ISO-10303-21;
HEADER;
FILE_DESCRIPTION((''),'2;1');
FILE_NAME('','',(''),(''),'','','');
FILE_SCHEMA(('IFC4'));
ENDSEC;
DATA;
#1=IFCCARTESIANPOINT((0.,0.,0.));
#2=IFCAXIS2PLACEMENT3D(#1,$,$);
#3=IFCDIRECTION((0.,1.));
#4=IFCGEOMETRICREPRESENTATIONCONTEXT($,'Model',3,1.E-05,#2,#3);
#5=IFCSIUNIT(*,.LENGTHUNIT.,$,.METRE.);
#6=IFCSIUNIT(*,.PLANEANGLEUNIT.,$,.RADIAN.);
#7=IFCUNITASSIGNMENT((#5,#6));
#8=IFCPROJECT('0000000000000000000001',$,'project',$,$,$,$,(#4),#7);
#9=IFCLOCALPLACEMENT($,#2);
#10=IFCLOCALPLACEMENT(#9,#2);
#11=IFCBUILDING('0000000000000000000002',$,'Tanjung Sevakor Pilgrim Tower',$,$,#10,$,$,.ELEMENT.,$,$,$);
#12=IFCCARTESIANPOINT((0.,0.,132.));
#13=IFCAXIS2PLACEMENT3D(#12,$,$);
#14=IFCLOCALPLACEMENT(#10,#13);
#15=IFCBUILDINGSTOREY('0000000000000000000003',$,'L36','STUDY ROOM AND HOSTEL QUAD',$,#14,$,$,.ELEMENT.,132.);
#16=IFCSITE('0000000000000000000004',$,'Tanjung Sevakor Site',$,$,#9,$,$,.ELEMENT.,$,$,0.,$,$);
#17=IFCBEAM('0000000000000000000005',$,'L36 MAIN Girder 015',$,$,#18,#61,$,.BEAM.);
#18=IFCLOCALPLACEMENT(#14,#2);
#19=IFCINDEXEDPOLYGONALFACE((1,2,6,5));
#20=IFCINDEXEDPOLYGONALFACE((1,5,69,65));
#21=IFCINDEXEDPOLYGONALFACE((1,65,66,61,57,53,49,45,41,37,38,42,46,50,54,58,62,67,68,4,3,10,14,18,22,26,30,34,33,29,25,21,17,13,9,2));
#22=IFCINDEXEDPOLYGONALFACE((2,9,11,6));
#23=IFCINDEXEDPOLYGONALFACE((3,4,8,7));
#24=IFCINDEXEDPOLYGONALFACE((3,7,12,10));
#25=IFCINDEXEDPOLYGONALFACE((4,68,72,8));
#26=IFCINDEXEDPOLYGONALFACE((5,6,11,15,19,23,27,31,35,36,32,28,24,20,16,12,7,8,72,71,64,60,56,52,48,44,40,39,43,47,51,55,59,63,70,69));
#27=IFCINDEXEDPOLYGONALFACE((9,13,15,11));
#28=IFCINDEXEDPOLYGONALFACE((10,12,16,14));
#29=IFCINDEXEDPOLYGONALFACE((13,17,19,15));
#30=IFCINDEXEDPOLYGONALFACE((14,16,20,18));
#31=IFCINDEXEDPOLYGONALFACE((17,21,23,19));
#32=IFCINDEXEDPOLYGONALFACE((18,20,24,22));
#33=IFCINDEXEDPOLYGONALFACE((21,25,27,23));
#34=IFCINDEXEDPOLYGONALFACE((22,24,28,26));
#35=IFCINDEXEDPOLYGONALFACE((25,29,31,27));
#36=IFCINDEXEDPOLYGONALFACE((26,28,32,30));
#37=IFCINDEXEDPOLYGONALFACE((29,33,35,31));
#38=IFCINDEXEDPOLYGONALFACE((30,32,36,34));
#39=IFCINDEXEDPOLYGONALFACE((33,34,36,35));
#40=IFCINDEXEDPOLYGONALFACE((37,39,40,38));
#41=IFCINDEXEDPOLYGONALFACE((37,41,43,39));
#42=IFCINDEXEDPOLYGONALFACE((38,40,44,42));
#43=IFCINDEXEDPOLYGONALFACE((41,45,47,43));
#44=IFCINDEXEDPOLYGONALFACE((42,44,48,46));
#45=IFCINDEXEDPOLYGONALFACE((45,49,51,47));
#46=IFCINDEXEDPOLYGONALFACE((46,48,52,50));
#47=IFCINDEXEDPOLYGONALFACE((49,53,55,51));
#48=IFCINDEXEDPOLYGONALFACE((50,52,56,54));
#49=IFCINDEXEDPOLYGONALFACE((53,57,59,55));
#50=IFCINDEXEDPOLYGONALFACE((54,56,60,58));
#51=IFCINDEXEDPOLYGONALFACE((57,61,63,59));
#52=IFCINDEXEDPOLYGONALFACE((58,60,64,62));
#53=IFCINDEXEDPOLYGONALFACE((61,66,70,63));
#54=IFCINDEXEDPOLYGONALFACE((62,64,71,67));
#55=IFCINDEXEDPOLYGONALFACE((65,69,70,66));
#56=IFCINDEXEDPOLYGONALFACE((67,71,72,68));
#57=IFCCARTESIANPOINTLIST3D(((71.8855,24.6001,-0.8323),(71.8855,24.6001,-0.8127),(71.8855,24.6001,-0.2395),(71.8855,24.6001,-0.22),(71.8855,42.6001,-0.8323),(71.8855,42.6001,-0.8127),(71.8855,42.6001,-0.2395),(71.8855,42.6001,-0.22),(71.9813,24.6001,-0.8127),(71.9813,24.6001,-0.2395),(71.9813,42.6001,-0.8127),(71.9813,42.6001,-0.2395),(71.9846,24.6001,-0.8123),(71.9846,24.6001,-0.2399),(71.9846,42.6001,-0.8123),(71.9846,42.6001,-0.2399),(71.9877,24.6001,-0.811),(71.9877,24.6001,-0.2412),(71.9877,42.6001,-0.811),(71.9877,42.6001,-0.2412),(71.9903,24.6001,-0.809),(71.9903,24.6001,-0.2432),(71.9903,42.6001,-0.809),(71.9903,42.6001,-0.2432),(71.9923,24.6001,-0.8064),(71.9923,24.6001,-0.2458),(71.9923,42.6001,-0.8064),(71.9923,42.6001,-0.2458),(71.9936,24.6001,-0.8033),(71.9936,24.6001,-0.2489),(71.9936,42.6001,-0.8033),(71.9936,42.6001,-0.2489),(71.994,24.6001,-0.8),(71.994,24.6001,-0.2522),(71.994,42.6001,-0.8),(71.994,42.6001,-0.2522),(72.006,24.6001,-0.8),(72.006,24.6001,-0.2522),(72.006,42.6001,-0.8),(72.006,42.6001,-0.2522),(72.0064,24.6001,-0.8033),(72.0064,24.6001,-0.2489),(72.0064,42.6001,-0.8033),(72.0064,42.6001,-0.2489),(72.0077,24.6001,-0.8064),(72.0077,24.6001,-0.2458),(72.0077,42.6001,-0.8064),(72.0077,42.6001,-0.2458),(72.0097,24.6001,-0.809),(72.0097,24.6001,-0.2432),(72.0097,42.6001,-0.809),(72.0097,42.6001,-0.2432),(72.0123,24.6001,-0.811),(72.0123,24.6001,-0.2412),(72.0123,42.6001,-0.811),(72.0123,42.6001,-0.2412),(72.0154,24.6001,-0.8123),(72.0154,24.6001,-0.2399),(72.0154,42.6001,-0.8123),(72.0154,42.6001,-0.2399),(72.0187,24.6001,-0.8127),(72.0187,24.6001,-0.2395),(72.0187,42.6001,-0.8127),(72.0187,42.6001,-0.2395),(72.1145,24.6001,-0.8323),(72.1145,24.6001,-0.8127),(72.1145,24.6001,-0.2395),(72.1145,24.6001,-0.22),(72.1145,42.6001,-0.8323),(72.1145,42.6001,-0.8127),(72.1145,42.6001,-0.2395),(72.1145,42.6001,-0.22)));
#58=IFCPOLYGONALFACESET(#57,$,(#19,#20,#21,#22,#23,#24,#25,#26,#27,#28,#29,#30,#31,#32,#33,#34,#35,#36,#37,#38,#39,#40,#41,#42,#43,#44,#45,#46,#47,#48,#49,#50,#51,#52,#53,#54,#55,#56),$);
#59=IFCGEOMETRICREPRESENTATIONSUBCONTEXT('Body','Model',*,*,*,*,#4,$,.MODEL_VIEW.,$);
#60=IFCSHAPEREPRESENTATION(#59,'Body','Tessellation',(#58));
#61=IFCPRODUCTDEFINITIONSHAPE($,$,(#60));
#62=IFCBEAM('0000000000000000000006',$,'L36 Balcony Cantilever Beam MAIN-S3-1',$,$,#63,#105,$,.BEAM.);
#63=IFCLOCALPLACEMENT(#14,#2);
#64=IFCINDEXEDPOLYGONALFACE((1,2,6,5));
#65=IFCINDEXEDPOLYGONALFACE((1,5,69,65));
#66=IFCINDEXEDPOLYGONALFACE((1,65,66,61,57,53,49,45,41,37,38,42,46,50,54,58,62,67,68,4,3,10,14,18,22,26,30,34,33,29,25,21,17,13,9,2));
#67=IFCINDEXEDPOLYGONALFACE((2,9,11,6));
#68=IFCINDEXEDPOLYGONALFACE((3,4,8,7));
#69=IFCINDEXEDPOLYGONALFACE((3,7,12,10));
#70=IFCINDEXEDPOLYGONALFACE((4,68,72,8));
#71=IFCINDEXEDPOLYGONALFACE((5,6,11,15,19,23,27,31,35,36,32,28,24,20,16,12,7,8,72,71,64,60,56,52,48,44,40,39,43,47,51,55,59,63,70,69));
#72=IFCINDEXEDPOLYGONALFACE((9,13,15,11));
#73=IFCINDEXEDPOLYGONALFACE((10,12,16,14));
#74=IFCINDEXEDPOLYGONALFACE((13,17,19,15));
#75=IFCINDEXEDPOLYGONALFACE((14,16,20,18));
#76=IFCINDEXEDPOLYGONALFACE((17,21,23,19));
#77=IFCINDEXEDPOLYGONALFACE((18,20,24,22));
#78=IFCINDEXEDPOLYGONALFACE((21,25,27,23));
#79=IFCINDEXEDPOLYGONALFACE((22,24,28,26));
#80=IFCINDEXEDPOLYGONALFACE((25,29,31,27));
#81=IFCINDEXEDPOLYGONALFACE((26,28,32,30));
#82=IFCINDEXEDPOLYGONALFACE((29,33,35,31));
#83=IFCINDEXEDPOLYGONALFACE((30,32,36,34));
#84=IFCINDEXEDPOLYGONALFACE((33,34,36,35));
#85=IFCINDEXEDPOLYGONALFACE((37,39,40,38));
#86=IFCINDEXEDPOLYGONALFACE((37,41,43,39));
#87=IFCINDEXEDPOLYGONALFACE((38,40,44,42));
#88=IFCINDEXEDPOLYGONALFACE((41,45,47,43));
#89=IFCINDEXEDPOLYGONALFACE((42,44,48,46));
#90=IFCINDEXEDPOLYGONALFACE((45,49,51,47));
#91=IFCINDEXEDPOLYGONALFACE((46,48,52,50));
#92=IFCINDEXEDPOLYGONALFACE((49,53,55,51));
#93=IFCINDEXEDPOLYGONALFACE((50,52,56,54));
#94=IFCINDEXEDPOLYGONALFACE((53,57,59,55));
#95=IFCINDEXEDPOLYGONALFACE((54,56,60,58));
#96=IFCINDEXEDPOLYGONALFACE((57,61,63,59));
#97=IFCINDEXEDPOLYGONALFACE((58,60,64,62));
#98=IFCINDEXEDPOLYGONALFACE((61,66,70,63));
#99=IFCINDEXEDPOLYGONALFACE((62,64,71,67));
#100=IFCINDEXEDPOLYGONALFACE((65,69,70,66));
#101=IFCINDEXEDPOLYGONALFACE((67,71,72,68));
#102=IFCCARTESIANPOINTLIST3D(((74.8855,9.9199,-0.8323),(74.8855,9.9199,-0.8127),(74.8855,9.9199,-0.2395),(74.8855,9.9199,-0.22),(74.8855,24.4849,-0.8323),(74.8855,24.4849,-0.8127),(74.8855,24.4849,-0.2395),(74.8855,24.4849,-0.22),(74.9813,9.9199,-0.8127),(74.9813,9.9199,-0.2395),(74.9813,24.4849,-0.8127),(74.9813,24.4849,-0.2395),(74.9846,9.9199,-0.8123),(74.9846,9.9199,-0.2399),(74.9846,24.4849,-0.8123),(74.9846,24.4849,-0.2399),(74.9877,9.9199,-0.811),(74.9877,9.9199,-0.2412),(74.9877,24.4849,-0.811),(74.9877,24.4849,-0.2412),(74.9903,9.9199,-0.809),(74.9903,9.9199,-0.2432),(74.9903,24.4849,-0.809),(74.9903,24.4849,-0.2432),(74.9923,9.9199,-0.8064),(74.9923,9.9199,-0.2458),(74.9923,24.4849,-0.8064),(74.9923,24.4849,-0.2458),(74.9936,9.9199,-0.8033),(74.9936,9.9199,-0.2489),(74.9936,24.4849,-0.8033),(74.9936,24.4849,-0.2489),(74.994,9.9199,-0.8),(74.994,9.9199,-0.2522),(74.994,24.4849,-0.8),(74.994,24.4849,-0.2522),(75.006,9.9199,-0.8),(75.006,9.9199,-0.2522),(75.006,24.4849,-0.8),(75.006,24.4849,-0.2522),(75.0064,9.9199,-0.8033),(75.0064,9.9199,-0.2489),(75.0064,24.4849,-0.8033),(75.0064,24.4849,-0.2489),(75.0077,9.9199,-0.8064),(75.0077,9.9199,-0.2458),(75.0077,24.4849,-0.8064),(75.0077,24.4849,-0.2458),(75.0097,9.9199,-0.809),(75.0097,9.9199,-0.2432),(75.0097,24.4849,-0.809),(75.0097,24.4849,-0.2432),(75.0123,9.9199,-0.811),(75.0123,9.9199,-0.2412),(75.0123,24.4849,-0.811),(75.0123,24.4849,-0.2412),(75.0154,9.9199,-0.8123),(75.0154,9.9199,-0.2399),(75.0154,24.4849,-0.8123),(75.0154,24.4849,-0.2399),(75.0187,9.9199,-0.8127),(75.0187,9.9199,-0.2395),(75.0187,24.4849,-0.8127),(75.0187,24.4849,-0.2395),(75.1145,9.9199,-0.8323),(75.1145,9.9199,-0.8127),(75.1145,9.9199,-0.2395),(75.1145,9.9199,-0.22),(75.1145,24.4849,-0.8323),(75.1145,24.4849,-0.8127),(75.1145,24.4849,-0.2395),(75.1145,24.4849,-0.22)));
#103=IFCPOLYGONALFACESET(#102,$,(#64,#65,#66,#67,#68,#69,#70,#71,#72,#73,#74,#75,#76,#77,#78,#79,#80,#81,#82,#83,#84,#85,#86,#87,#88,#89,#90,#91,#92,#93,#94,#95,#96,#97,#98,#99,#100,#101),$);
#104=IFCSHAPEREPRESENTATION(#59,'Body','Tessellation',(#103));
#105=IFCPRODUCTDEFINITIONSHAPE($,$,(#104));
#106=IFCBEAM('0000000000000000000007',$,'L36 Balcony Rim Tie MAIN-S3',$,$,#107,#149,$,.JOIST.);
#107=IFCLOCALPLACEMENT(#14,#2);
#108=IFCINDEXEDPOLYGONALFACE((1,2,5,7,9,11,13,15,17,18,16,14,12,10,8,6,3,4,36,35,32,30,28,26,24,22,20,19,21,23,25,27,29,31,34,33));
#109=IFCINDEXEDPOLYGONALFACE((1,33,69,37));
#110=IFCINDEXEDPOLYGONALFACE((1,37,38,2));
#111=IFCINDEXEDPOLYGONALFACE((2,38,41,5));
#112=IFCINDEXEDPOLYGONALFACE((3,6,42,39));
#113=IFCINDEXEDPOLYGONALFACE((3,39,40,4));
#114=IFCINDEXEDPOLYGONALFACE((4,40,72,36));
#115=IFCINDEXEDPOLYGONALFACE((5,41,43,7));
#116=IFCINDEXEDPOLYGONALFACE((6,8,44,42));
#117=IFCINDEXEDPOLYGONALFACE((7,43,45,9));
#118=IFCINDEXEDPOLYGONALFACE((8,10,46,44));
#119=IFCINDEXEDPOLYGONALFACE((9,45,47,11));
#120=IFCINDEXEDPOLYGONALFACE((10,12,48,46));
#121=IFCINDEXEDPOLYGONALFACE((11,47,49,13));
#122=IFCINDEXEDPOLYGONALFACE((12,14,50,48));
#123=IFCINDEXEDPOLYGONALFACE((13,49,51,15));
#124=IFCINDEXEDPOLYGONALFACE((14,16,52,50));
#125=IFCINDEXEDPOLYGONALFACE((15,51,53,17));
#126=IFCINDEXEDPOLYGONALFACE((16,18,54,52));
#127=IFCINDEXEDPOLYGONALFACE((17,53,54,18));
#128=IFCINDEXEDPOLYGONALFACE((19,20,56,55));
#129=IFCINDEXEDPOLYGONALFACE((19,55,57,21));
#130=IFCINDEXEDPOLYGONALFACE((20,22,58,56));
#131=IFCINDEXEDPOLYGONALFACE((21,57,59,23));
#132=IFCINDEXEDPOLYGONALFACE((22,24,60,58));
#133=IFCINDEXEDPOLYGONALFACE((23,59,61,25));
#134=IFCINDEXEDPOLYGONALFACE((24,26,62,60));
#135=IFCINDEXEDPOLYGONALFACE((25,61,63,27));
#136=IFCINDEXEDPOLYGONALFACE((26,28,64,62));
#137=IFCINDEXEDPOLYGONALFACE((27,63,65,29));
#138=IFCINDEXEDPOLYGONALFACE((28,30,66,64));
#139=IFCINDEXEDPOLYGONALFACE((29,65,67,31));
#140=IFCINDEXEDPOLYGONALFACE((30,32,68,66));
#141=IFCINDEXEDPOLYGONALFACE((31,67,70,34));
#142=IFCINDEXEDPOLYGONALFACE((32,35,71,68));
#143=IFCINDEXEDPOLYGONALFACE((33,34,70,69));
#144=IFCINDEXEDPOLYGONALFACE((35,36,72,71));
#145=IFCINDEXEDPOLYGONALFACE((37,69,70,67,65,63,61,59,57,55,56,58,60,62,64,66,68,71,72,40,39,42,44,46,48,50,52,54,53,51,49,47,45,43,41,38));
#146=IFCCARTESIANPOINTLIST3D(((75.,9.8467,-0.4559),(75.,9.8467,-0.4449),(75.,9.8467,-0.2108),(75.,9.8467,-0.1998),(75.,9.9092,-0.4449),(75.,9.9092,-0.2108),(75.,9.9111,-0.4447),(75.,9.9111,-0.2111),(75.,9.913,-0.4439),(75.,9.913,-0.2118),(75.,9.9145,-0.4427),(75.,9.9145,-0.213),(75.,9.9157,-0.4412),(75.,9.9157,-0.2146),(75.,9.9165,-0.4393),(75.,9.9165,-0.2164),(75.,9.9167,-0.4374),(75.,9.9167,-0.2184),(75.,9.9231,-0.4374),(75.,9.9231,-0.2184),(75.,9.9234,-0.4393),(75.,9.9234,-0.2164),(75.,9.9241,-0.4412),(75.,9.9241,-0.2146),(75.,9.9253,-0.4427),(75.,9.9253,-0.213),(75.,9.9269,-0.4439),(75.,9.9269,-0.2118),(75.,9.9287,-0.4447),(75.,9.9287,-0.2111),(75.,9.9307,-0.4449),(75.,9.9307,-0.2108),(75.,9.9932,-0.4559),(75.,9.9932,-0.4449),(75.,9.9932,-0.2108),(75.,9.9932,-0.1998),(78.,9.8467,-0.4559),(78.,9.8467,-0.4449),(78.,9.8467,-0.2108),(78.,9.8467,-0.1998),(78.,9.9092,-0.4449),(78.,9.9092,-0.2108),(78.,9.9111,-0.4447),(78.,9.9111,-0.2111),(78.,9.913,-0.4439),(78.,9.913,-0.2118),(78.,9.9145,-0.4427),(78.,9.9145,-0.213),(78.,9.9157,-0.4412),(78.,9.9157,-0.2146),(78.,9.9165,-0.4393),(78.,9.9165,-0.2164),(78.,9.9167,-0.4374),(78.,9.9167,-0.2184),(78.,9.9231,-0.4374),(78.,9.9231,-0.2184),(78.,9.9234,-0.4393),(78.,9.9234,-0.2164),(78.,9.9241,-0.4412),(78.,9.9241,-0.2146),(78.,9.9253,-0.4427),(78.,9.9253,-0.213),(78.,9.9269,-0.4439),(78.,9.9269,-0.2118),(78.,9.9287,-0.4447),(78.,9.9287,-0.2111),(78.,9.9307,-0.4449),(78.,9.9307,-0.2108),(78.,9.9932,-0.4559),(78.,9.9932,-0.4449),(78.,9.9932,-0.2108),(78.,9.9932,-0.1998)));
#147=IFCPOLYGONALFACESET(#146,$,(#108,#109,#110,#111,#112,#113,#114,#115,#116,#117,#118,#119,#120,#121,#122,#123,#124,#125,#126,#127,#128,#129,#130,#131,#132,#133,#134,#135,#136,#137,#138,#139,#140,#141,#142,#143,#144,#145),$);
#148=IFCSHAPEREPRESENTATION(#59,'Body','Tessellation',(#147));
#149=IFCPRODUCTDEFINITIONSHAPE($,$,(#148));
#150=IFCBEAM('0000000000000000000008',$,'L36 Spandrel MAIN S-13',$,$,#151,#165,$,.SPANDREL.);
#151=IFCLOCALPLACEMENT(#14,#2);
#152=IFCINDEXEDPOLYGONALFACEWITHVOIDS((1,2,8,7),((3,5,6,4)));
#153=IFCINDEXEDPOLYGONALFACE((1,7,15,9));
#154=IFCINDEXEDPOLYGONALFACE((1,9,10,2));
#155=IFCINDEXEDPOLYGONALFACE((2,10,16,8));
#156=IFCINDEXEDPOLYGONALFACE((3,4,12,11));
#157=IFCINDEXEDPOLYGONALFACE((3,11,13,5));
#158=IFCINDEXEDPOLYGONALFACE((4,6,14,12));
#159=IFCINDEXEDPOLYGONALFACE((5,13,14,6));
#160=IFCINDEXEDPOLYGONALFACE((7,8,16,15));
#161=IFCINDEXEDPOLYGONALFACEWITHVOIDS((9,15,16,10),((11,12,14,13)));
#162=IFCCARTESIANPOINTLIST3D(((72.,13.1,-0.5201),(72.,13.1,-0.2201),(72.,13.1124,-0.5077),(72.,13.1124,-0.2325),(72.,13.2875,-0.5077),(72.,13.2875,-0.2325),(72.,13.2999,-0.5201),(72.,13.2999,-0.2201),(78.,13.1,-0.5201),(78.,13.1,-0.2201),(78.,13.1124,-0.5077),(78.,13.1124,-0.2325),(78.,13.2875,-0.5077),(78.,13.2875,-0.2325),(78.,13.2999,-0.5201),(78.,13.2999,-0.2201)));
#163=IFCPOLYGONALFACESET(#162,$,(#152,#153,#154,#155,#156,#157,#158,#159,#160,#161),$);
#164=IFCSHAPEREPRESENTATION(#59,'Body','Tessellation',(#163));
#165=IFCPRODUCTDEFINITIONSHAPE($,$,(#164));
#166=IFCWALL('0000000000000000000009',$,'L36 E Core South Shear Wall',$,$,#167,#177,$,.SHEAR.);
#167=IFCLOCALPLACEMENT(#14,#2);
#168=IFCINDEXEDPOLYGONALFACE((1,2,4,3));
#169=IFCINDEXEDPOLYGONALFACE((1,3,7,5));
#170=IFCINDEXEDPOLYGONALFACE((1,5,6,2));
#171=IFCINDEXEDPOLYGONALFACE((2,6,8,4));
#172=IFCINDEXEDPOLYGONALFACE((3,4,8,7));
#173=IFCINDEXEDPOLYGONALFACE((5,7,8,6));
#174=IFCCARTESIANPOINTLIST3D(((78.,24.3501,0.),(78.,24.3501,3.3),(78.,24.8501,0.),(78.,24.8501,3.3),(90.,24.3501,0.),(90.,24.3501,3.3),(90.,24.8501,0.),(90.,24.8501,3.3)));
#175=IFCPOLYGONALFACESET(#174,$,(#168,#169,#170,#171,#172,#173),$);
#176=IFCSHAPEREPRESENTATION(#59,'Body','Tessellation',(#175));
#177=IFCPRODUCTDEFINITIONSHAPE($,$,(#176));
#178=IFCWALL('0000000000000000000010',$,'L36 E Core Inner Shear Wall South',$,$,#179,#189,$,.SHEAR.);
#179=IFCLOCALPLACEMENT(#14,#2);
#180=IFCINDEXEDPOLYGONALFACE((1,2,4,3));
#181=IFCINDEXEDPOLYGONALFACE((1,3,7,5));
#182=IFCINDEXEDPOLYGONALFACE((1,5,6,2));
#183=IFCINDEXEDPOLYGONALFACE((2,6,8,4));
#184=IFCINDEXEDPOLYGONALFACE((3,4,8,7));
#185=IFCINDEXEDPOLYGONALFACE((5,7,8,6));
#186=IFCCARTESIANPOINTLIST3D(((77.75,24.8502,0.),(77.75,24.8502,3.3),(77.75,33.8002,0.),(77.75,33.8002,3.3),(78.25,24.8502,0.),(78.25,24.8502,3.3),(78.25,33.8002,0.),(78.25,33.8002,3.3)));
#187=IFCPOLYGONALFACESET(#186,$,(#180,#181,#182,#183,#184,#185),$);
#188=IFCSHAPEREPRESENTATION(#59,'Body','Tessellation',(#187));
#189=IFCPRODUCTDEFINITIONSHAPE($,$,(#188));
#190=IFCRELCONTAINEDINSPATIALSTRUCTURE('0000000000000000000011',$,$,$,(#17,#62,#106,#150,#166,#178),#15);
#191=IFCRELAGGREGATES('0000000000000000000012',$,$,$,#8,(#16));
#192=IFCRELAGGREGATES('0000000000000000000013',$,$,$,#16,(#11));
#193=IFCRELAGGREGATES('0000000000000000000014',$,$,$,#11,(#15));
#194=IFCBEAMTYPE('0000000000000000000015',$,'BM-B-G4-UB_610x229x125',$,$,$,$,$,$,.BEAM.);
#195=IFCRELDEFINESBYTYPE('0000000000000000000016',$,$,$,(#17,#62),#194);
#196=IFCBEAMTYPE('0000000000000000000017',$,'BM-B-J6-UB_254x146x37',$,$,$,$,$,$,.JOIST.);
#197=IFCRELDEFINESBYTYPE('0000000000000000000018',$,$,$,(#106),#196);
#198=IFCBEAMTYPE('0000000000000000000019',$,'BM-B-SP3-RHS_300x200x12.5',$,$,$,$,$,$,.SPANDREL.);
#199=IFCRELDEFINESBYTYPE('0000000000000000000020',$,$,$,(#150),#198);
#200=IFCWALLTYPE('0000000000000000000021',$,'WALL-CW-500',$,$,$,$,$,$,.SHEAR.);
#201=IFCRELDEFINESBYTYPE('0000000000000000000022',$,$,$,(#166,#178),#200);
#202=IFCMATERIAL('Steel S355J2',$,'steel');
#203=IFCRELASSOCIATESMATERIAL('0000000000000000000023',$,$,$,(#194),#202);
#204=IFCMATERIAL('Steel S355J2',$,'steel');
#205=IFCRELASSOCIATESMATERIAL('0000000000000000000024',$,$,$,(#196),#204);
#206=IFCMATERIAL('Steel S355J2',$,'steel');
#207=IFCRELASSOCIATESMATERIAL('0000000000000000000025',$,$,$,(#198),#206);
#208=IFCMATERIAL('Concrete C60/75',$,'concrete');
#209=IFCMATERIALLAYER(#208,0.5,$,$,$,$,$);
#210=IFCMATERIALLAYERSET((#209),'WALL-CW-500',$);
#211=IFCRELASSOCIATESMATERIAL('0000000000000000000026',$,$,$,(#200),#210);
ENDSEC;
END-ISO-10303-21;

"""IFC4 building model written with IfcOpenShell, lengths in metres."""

from ifc_helpers import new_model, si_unit, direction, frame, frame_2d, origin, origin_2d, place, context, subcontext, project, spatial, rectangle, hollow_rectangle, i_section, extrude, material, layer, layer_set, material_profile, profile_set, type_object, element, save


model = new_model("IFC4")

# Units and contexts
model_context = context("Model", 3, precision=1e-05, world=origin(), true_north=direction((0.0, 1.0)))
body_context = subcontext(model_context, "Body", "Model", "MODEL_VIEW")
ifc_project = project(units=[si_unit("LENGTHUNIT", "METRE"), si_unit("PLANEANGLEUNIT", "RADIAN")], contexts=[model_context])

# Site, building, storey
site_placement = place(None, origin())
site = spatial("IfcSite", under=ifc_project, at=site_placement, Name="Tanjung Sevakor Site", CompositionType="ELEMENT", RefElevation=0.0)
building_placement = place(site_placement, origin())
building = spatial("IfcBuilding", under=site, at=building_placement, Name="Tanjung Sevakor Pilgrim Tower", CompositionType="ELEMENT")
storey_placement = place(building_placement, frame((0.0, 0.0, 132.0)))
storey = spatial("IfcBuildingStorey", under=building, at=storey_placement, Name="L36", Description="STUDY ROOM AND HOSTEL QUAD", CompositionType="ELEMENT", Elevation=132.0)

# Beams
ifc_material_1 = material(Name="Steel S355J2", Category="steel")
ifc_material_profile_1 = material_profile(ifc_material_1, i_section(OverallWidth=0.229, OverallDepth=0.6123, WebThickness=0.012, FlangeThickness=0.0195, FilletRadius=0.0127, at=origin_2d()))
ifc_profile_set_1 = profile_set([ifc_material_profile_1], Name="Steel S355J2")
beam_type_1 = type_object("IfcBeamType", Name="BM-B-G4-UB_610x229x125", PredefinedType="BEAM", material=ifc_profile_set_1)
beam_1_placement = place(storey_placement, frame((72.0, 24.6001, -0.5261), z_axis=(0.0, 1.0, 0.0), x_axis=(-1.0, 0.0, 0.0)))
element("IfcBeam", 1, at=beam_1_placement, inside=storey, type_object=beam_type_1, Name="L36 MAIN Girder 015", PredefinedType="BEAM", context=body_context, shape_type="SweptSolid", body=[
    extrude(i_section(OverallWidth=0.229, OverallDepth=0.6123, WebThickness=0.012, FlangeThickness=0.0195, FilletRadius=0.0127, at=origin_2d()), origin(), (0.0, 0.0, 1.0), 18.0),
])
beam_2_placement = place(storey_placement, frame((75.0, 24.4849, -0.5261), z_axis=(0.0, -1.0, 0.0), x_axis=(1.0, 0.0, 0.0)))
element("IfcBeam", 2, at=beam_2_placement, inside=storey, type_object=beam_type_1, Name="L36 Balcony Cantilever Beam MAIN-S3-1", PredefinedType="BEAM", context=body_context, shape_type="SweptSolid", body=[
    extrude(i_section(OverallWidth=0.229, OverallDepth=0.6123, WebThickness=0.012, FlangeThickness=0.0195, FilletRadius=0.0127, at=origin_2d()), origin(), (0.0, 0.0, 1.0), 14.5649),
])
ifc_material_2 = material(Name="Steel S355J2", Category="steel")
ifc_material_profile_2 = material_profile(ifc_material_2, i_section(OverallWidth=0.1465, OverallDepth=0.2561, WebThickness=0.0063, FlangeThickness=0.011, FilletRadius=0.0076, at=origin_2d()))
ifc_profile_set_2 = profile_set([ifc_material_profile_2], Name="Steel S355J2")
beam_type_2 = type_object("IfcBeamType", Name="BM-B-J6-UB_254x146x37", PredefinedType="JOIST", material=ifc_profile_set_2)
beam_3_placement = place(storey_placement, frame((75.0, 9.9199, -0.3279), z_axis=(1.0, 0.0, 0.0), x_axis=(0.0, 1.0, 0.0)))
element("IfcBeam", 3, at=beam_3_placement, inside=storey, type_object=beam_type_2, Name="L36 Balcony Rim Tie MAIN-S3", PredefinedType="JOIST", context=body_context, shape_type="SweptSolid", body=[
    extrude(i_section(OverallWidth=0.1465, OverallDepth=0.2561, WebThickness=0.0063, FlangeThickness=0.011, FilletRadius=0.0076, at=origin_2d()), origin(), (0.0, 0.0, 1.0), 3.0),
])
ifc_material_3 = material(Name="Steel S355J2", Category="steel")
ifc_material_profile_3 = material_profile(ifc_material_3, hollow_rectangle(XDim=0.2, YDim=0.3, WallThickness=0.0125, at=origin_2d()))
ifc_profile_set_3 = profile_set([ifc_material_profile_3], Name="Steel S355J2")
beam_type_3 = type_object("IfcBeamType", Name="BM-B-SP3-RHS_300x200x12.5", PredefinedType="SPANDREL", material=ifc_profile_set_3)
beam_4_placement = place(storey_placement, frame((72.0, 13.2, -0.3701), z_axis=(1.0, 0.0, 0.0), x_axis=(0.0, 1.0, 0.0)))
element("IfcBeam", 4, at=beam_4_placement, inside=storey, type_object=beam_type_3, Name="L36 Spandrel MAIN S-13", PredefinedType="SPANDREL", context=body_context, shape_type="SweptSolid", body=[
    extrude(hollow_rectangle(XDim=0.2, YDim=0.3, WallThickness=0.0125, at=origin_2d()), origin(), (0.0, 0.0, 1.0), 6.0),
])

# Walls
ifc_material_4 = material(Name="Concrete C60/75", Category="concrete")
ifc_layer_1 = layer(ifc_material_4, 0.5)
ifc_layer_set_1 = layer_set([ifc_layer_1], Name="WALL-CW-500")
wall_type_1 = type_object("IfcWallType", Name="WALL-CW-500", PredefinedType="SHEAR", material=ifc_layer_set_1)
wall_1_placement = place(storey_placement, frame((78.0, 24.6001, 0.0), z_axis=(0.0, 0.0, 1.0), x_axis=(1.0, 0.0, 0.0)))
element("IfcWall", 5, at=wall_1_placement, inside=storey, type_object=wall_type_1, Name="L36 E Core South Shear Wall", PredefinedType="SHEAR", context=body_context, shape_type="SweptSolid", body=[
    extrude(rectangle(XDim=12.0, YDim=0.5, at=frame_2d((6.0, 0.0))), origin(), (0.0, 0.0, 1.0), 3.3),
])
wall_2_placement = place(storey_placement, frame((78.0, 24.8501, 0.0), z_axis=(0.0, 0.0, 1.0), x_axis=(0.0, 1.0, 0.0)))
element("IfcWall", 6, at=wall_2_placement, inside=storey, type_object=wall_type_1, Name="L36 E Core Inner Shear Wall South", PredefinedType="SHEAR", context=body_context, shape_type="SweptSolid", body=[
    extrude(rectangle(XDim=8.95, YDim=0.5, at=frame_2d((4.4751, 0.0))), origin(), (0.0, 0.0, 1.0), 3.3),
])

save(model, "model.ifc")
